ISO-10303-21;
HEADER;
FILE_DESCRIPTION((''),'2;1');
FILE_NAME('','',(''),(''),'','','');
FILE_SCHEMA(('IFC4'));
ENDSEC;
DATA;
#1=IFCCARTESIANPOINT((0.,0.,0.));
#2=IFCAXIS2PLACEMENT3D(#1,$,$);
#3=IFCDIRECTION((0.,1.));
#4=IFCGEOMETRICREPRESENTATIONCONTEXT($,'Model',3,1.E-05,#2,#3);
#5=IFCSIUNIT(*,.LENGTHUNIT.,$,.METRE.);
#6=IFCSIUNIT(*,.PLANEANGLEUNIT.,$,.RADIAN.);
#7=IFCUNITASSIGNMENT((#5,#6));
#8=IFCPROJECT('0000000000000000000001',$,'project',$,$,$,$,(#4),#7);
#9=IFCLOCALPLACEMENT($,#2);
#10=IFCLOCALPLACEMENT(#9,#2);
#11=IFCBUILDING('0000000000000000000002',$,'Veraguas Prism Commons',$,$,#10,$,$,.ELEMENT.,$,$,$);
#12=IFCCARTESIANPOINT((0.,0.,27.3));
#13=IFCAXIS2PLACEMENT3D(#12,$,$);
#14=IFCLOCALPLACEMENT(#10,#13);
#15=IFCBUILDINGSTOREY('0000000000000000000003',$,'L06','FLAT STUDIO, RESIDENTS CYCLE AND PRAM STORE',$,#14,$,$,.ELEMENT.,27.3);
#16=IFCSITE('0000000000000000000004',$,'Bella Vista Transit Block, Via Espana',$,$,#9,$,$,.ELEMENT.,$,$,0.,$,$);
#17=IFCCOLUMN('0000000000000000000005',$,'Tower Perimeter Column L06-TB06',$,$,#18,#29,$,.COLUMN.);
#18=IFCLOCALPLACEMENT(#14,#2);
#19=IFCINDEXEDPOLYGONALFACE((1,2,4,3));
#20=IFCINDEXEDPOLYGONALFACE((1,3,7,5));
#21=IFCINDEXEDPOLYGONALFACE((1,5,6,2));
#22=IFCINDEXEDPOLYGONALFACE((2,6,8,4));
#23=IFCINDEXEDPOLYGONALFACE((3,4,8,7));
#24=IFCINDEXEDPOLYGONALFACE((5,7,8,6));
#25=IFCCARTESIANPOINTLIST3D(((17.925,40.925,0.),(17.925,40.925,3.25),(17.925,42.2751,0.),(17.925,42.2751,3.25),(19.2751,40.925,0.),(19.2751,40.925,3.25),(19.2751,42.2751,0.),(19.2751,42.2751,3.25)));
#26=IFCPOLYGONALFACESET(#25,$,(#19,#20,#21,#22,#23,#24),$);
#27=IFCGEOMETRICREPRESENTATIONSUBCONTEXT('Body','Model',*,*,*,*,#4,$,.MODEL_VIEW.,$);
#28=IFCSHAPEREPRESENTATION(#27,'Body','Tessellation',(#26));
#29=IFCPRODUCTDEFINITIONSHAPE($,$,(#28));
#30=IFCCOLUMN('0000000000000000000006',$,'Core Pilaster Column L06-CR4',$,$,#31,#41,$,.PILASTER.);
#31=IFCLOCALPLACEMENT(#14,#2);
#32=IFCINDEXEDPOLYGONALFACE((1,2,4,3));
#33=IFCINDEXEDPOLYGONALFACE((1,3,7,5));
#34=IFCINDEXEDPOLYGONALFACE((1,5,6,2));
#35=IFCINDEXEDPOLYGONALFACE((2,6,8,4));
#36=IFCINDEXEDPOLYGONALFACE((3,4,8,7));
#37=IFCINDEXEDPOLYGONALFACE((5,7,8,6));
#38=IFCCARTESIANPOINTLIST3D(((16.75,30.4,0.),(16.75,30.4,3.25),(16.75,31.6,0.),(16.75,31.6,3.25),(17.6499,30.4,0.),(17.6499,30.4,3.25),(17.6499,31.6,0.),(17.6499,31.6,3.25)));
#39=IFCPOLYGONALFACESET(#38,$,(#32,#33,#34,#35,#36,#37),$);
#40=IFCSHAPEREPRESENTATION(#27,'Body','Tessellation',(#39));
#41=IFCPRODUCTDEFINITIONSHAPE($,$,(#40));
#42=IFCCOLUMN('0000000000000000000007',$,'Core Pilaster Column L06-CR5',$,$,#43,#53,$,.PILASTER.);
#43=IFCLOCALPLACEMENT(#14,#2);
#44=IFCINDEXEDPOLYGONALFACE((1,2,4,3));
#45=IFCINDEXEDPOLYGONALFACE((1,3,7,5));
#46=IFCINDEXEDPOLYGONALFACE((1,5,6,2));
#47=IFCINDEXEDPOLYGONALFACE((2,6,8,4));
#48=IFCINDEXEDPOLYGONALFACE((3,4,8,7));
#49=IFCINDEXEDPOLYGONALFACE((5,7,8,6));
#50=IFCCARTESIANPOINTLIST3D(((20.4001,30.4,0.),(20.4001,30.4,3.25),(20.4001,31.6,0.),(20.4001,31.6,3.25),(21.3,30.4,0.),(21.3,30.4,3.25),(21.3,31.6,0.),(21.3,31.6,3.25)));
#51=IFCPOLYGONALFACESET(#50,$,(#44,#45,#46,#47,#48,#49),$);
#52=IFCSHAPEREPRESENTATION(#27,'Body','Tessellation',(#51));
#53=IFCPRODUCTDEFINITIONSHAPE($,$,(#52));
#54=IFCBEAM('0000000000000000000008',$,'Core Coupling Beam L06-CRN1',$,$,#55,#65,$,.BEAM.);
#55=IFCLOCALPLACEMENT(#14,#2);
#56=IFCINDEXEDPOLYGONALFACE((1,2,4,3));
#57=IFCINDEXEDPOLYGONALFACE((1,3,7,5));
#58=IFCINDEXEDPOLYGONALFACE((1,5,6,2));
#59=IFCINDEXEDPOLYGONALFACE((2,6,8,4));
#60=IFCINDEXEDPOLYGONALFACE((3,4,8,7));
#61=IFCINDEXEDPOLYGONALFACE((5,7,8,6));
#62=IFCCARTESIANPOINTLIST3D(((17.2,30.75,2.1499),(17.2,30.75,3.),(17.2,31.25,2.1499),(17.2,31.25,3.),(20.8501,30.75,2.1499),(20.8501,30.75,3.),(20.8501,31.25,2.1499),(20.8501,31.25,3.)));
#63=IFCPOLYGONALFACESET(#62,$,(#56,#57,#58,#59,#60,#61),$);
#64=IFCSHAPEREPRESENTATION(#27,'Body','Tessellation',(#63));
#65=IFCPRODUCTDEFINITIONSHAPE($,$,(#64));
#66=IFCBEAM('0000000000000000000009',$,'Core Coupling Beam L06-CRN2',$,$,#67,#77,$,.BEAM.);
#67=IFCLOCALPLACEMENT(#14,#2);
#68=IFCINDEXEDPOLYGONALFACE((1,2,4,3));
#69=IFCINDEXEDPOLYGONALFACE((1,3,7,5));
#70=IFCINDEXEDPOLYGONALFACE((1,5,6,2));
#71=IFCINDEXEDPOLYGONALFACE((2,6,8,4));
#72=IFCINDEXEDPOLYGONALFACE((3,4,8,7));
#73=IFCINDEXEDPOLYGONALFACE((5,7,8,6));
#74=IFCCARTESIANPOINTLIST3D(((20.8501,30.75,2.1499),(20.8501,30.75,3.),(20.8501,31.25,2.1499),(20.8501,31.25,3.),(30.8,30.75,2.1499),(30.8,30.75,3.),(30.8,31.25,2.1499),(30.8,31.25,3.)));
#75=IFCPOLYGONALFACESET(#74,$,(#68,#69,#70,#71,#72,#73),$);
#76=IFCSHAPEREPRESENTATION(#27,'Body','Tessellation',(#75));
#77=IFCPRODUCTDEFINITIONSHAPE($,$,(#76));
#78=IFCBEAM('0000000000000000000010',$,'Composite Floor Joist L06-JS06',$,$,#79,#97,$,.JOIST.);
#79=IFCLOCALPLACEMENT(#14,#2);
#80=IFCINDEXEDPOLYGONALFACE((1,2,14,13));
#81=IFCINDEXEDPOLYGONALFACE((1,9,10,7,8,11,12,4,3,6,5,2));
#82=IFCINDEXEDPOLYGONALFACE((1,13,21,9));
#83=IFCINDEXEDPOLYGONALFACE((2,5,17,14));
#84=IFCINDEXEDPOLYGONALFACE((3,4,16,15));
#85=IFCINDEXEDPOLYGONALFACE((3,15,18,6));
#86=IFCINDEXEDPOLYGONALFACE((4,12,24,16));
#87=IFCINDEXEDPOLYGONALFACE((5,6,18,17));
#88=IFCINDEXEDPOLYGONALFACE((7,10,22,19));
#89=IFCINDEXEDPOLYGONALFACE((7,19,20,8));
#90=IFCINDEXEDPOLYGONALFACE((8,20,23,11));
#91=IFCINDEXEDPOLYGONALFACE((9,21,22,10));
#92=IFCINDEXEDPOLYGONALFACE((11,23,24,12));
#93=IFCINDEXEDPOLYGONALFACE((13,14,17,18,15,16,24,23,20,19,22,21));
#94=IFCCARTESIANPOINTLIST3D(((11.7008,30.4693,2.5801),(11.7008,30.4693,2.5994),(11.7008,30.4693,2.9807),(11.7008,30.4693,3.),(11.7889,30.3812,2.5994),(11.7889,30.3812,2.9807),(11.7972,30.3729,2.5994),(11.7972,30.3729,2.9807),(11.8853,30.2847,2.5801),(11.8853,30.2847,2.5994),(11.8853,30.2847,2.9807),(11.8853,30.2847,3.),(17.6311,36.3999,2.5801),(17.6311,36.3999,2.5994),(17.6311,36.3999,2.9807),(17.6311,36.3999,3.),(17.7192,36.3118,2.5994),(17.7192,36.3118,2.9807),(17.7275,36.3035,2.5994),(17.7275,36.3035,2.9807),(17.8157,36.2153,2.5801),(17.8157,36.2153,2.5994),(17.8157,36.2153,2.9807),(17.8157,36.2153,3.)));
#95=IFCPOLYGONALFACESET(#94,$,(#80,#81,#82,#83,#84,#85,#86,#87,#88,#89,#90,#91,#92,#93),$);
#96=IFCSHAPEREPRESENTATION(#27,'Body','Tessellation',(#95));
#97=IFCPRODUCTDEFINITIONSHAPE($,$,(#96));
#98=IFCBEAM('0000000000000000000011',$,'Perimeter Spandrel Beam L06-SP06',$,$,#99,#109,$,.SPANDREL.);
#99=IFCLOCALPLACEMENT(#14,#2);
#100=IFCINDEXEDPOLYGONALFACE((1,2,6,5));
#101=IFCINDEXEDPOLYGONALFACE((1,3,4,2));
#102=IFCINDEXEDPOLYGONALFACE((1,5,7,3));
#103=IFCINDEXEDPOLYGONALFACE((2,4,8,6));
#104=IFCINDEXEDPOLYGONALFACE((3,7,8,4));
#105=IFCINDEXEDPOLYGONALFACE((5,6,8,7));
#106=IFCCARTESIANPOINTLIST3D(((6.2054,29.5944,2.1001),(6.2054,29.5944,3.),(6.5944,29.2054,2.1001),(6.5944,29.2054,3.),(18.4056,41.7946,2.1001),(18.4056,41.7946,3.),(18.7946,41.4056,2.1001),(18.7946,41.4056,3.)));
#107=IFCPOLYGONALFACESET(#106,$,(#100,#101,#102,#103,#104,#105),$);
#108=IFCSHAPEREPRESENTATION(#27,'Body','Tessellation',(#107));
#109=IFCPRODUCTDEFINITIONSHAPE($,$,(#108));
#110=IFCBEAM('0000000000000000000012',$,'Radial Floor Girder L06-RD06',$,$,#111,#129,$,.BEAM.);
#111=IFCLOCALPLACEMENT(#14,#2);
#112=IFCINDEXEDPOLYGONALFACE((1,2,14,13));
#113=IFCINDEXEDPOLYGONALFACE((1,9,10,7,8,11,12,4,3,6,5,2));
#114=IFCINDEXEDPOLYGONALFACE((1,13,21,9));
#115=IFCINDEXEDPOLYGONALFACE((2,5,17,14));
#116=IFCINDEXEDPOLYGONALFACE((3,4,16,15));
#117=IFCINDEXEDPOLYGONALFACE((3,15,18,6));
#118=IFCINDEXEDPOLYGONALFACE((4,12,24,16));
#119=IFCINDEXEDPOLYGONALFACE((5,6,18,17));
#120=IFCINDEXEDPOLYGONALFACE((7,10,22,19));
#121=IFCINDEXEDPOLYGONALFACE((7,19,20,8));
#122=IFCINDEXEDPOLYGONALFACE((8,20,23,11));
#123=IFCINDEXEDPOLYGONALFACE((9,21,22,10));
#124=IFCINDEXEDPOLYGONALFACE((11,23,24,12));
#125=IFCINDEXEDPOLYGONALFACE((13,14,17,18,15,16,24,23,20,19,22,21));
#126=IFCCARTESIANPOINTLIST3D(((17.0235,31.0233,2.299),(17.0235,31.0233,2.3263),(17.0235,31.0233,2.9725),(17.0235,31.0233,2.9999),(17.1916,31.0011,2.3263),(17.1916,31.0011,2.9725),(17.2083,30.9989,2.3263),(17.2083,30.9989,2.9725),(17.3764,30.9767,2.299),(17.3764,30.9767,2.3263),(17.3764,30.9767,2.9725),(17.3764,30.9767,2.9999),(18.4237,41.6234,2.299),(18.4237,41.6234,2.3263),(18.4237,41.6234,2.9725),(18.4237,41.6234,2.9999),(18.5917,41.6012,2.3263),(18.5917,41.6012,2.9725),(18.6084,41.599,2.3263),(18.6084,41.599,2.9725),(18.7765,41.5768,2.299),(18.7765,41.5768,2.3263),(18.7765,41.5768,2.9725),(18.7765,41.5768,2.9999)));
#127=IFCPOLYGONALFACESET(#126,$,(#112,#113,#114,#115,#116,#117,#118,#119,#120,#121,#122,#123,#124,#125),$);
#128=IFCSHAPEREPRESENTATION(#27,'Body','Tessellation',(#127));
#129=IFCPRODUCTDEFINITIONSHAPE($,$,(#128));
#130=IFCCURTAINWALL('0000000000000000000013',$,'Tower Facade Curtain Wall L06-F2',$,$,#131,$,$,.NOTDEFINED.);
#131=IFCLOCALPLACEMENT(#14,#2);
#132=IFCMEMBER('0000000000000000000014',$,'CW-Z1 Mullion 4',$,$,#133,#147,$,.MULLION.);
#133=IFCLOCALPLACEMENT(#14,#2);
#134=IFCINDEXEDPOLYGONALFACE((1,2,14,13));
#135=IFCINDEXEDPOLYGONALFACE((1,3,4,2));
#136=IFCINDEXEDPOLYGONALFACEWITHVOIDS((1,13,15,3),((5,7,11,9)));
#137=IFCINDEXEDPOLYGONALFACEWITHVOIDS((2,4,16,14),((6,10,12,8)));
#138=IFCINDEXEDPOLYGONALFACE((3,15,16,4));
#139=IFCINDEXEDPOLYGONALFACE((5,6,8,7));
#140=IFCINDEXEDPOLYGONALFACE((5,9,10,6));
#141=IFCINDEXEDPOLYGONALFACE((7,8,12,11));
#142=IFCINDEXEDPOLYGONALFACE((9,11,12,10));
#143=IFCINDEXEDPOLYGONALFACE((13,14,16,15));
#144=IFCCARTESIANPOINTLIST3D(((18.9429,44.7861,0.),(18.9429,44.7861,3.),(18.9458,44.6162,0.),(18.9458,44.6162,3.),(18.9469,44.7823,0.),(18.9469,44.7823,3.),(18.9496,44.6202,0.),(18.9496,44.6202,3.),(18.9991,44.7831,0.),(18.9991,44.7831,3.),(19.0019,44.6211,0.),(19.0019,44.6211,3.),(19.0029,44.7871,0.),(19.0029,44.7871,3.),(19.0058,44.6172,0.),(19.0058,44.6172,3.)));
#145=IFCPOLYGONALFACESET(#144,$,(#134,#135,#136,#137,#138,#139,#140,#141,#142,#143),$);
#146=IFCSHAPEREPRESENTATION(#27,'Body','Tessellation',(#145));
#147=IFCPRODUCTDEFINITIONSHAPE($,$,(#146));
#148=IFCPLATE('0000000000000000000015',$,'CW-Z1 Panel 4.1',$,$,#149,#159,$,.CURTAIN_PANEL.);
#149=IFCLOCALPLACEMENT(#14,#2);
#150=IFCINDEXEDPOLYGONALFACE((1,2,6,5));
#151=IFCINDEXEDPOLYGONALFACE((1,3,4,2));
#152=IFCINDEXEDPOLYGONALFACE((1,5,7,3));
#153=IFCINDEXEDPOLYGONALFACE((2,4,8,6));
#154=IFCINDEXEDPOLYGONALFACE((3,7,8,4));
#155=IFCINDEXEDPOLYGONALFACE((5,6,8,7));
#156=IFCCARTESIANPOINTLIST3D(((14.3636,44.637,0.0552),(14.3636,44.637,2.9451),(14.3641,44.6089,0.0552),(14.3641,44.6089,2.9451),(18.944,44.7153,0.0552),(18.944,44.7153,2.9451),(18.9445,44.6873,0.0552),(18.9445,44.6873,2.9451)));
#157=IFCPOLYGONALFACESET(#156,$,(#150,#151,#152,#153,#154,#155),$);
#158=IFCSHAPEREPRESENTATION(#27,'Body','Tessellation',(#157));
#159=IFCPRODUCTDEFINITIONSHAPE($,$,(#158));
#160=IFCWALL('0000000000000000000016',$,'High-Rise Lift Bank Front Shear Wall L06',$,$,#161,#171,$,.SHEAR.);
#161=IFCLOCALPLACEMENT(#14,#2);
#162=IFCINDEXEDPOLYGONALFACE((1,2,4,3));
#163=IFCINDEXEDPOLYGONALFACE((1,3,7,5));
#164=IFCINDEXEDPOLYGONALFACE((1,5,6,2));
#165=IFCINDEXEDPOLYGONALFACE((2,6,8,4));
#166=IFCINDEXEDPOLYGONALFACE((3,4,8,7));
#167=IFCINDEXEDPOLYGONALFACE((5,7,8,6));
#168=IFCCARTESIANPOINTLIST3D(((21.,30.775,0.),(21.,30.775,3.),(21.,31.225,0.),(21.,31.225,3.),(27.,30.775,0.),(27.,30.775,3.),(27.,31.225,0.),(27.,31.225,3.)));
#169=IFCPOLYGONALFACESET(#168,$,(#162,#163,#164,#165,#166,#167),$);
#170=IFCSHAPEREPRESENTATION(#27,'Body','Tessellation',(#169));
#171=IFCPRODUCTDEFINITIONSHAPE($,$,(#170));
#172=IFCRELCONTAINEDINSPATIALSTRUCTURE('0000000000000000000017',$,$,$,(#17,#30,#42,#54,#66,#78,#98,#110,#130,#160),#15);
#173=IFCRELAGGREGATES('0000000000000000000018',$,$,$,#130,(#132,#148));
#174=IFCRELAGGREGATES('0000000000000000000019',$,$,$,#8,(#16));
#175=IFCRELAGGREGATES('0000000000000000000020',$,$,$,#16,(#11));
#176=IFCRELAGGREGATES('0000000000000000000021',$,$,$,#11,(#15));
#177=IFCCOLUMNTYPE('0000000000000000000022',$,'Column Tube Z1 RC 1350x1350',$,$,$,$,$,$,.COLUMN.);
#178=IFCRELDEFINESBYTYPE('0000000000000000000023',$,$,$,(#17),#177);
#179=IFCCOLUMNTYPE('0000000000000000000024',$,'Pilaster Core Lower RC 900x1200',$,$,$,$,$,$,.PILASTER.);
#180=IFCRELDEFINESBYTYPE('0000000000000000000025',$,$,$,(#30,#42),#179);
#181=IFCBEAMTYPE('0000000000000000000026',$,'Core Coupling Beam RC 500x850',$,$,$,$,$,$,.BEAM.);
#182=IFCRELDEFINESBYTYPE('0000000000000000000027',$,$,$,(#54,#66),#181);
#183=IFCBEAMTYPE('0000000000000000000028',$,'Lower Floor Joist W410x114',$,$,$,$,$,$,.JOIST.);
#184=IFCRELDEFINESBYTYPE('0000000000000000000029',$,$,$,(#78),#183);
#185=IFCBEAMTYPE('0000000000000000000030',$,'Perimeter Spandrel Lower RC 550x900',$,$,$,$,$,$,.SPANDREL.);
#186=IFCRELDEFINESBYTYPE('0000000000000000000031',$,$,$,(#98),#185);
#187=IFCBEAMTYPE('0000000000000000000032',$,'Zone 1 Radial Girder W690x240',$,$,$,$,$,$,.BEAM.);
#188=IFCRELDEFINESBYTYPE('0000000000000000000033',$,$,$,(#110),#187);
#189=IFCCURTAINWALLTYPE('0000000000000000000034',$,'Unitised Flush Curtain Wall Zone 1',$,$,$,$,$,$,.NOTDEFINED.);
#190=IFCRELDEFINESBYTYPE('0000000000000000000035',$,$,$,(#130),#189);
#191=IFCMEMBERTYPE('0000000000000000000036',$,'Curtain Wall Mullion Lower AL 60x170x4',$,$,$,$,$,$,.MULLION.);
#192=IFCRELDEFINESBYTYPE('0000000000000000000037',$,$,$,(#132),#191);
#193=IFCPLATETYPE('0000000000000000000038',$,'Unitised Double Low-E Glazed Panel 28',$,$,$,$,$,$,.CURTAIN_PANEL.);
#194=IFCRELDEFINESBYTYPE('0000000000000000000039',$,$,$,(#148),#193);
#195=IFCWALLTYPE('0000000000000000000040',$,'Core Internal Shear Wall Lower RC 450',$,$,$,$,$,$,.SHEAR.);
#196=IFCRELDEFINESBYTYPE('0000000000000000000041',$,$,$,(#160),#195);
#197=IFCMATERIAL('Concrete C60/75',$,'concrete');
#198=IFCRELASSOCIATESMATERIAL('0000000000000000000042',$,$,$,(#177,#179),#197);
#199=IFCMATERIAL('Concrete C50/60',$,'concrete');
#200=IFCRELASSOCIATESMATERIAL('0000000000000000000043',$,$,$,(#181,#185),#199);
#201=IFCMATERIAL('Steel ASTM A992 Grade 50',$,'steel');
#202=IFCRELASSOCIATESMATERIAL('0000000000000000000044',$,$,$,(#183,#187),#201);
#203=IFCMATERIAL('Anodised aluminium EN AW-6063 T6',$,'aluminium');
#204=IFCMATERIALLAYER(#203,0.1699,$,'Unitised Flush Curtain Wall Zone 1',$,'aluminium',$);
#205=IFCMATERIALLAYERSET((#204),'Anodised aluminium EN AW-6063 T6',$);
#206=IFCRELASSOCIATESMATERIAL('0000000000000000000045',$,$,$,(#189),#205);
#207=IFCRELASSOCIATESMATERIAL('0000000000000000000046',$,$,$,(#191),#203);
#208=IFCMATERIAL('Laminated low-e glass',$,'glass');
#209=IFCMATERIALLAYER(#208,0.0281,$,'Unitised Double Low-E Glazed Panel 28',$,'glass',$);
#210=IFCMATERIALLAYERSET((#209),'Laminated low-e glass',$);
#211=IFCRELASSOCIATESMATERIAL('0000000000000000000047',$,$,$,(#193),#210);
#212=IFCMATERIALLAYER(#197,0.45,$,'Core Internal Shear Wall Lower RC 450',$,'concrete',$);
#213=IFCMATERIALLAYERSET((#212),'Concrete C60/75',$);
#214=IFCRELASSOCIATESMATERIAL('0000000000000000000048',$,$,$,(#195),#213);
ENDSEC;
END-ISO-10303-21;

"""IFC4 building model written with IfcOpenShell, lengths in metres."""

from ifc_helpers import new_model, si_unit, direction, frame, frame_2d, origin, origin_2d, place, context, subcontext, project, spatial, rectangle, hollow_rectangle, i_section, extrude, source, transform, mapped, material, layer, layer_set, material_profile, profile_set, type_object, element, aggregate, save


model = new_model("IFC4")

# Units and contexts
model_context = context("Model", 3, precision=1e-05, world=origin(), true_north=direction((0.0, 1.0)))
body_context = subcontext(model_context, "Body", "Model", "MODEL_VIEW")
ifc_project = project(units=[si_unit("LENGTHUNIT", "METRE"), si_unit("PLANEANGLEUNIT", "RADIAN")], contexts=[model_context])

# Site, building, storey
site_placement = place(None, origin())
site = spatial("IfcSite", under=ifc_project, at=site_placement, Name="Bella Vista Transit Block, Via Espana", CompositionType="ELEMENT", RefElevation=0.0)
building_placement = place(site_placement, origin())
building = spatial("IfcBuilding", under=site, at=building_placement, Name="Veraguas Prism Commons", CompositionType="ELEMENT")
storey_placement = place(building_placement, frame((0.0, 0.0, 27.3)))
storey = spatial("IfcBuildingStorey", under=building, at=storey_placement, Name="L06", Description="FLAT STUDIO, RESIDENTS CYCLE AND PRAM STORE", CompositionType="ELEMENT", Elevation=27.3)

# Columns
ifc_material_1 = material(Name="Concrete C60/75", Category="concrete")
ifc_material_profile_1 = material_profile(ifc_material_1, rectangle(XDim=1.3501, YDim=1.3501, at=origin_2d()), Name="RC1350X1350")
ifc_profile_set_1 = profile_set([ifc_material_profile_1], Name="Concrete C60/75")
column_type_1 = type_object("IfcColumnType", Name="Column Tube Z1 RC 1350x1350", PredefinedType="COLUMN", material=ifc_profile_set_1)
column_placement = place(storey_placement, frame((18.6001, 41.6001, 0.0), z_axis=(0.0, 0.0, 1.0), x_axis=(1.0, 0.0, 0.0)))
element("IfcColumn", 1, at=column_placement, inside=storey, type_object=column_type_1, Name="Tower Perimeter Column L06-TB06", PredefinedType="COLUMN", context=body_context, shape_type="SweptSolid", body=[
    extrude(rectangle(XDim=1.3501, YDim=1.3501, at=origin_2d()), origin(), (0.0, 0.0, 1.0), 3.25),
])
ifc_material_profile_2 = material_profile(ifc_material_1, rectangle(XDim=0.8999, YDim=1.2, at=origin_2d()), Name="RC900X1200")
ifc_profile_set_2 = profile_set([ifc_material_profile_2], Name="Concrete C60/75")
column_type_2 = type_object("IfcColumnType", Name="Pilaster Core Lower RC 900x1200", PredefinedType="PILASTER", material=ifc_profile_set_2)
for number, where, z_axis, x_axis, name in (
    (2, (17.2, 31.0, 0.0), (0.0, 0.0, 1.0), (1.0, 0.0, 0.0), "Core Pilaster Column L06-CR4"),
    (3, (20.8501, 31.0, 0.0), (0.0, 0.0, 1.0), (1.0, 0.0, 0.0), "Core Pilaster Column L06-CR5"),
):
    element("IfcColumn", number, at=place(storey_placement, frame(where, z_axis=z_axis, x_axis=x_axis)), inside=storey, type_object=column_type_2, Name=name, PredefinedType="PILASTER", context=body_context, shape_type="SweptSolid", body=[
        extrude(rectangle(XDim=0.8999, YDim=1.2, at=origin_2d()), origin(), (0.0, 0.0, 1.0), 3.25),
    ])

# Beams
ifc_material_2 = material(Name="Concrete C50/60", Category="concrete")
ifc_material_profile_3 = material_profile(ifc_material_2, rectangle(XDim=0.5, YDim=0.8501, at=origin_2d()), Name="RC500X850")
ifc_profile_set_3 = profile_set([ifc_material_profile_3], Name="Concrete C50/60")
beam_type_1 = type_object("IfcBeamType", Name="Core Coupling Beam RC 500x850", PredefinedType="BEAM", material=ifc_profile_set_3)
beam_1_placement = place(storey_placement, frame((17.2, 31.0, 2.575), z_axis=(1.0, 0.0, 0.0), x_axis=(0.0, 1.0, 0.0)))
element("IfcBeam", 4, at=beam_1_placement, inside=storey, type_object=beam_type_1, Name="Core Coupling Beam L06-CRN1", PredefinedType="BEAM", context=body_context, shape_type="SweptSolid", body=[
    extrude(rectangle(XDim=0.5, YDim=0.8501, at=origin_2d()), origin(), (0.0, 0.0, 1.0), 3.6501),
])
beam_2_placement = place(storey_placement, frame((20.8501, 31.0, 2.575), z_axis=(1.0, 0.0, 0.0), x_axis=(0.0, 1.0, 0.0)))
element("IfcBeam", 5, at=beam_2_placement, inside=storey, type_object=beam_type_1, Name="Core Coupling Beam L06-CRN2", PredefinedType="BEAM", context=body_context, shape_type="SweptSolid", body=[
    extrude(rectangle(XDim=0.5, YDim=0.8501, at=origin_2d()), origin(), (0.0, 0.0, 1.0), 9.95),
])
ifc_material_3 = material(Name="Steel ASTM A992 Grade 50", Category="steel")
ifc_material_profile_4 = material_profile(ifc_material_3, i_section(OverallWidth=0.261, OverallDepth=0.4199, WebThickness=0.0117, FlangeThickness=0.0193, at=origin_2d()), Name="W410X114")
ifc_profile_set_4 = profile_set([ifc_material_profile_4], Name="Steel ASTM A992 Grade 50")
beam_type_2 = type_object("IfcBeamType", Name="Lower Floor Joist W410x114", PredefinedType="JOIST", material=ifc_profile_set_4)
beam_3_placement = place(storey_placement, frame((17.7234, 36.3076, 2.79), z_axis=(-0.707092, -0.707121, 0.0), x_axis=(0.707121, -0.707092, 0.0)))
element("IfcBeam", 6, at=beam_3_placement, inside=storey, type_object=beam_type_2, Name="Composite Floor Joist L06-JS06", PredefinedType="JOIST", context=body_context, shape_type="SweptSolid", body=[
    extrude(i_section(OverallWidth=0.261, OverallDepth=0.4199, WebThickness=0.0117, FlangeThickness=0.0193, at=origin_2d()), origin(), (0.0, 0.0, 1.0), 8.387),
])
ifc_material_profile_5 = material_profile(ifc_material_2, rectangle(XDim=0.55, YDim=0.8999, at=origin_2d()), Name="RC550X900")
ifc_profile_set_5 = profile_set([ifc_material_profile_5], Name="Concrete C50/60")
beam_type_3 = type_object("IfcBeamType", Name="Perimeter Spandrel Lower RC 550x900", PredefinedType="SPANDREL", material=ifc_profile_set_5)
beam_4_placement = place(storey_placement, frame((18.6001, 41.6001, 2.55), z_axis=(-0.707107, -0.707107, 0.0), x_axis=(0.707107, -0.707107, 0.0)))
element("IfcBeam", 7, at=beam_4_placement, inside=storey, type_object=beam_type_3, Name="Perimeter Spandrel Beam L06-SP06", PredefinedType="SPANDREL", context=body_context, shape_type="SweptSolid", body=[
    extrude(rectangle(XDim=0.55, YDim=0.8999, at=origin_2d()), origin(), (0.0, 0.0, 1.0), 17.2537),
])
ifc_material_profile_6 = material_profile(ifc_material_3, i_section(OverallWidth=0.356, OverallDepth=0.7009, WebThickness=0.0168, FlangeThickness=0.0273, at=origin_2d()), Name="W690X240")
ifc_profile_set_6 = profile_set([ifc_material_profile_6], Name="Steel ASTM A992 Grade 50")
beam_type_4 = type_object("IfcBeamType", Name="Zone 1 Radial Girder W690x240", PredefinedType="BEAM", material=ifc_profile_set_6)
beam_5_placement = place(storey_placement, frame((18.6001, 41.6001, 2.6494), z_axis=(-0.130951, -0.991389, 0.0), x_axis=(0.991389, -0.130951, 0.0)))
element("IfcBeam", 8, at=beam_5_placement, inside=storey, type_object=beam_type_4, Name="Radial Floor Girder L06-RD06", PredefinedType="BEAM", context=body_context, shape_type="SweptSolid", body=[
    extrude(i_section(OverallWidth=0.356, OverallDepth=0.7009, WebThickness=0.0168, FlangeThickness=0.0273, at=origin_2d()), origin(), (0.0, 0.0, 1.0), 10.6921),
])

# Curtain wall, member, plate
ifc_material_4 = material(Name="Anodised aluminium EN AW-6063 T6", Category="aluminium")
ifc_layer_1 = layer(ifc_material_4, 0.1699, Name="Unitised Flush Curtain Wall Zone 1", Category="aluminium")
ifc_layer_set_1 = layer_set([ifc_layer_1], Name="Anodised aluminium EN AW-6063 T6")
curtain_wall_type = type_object("IfcCurtainWallType", Name="Unitised Flush Curtain Wall Zone 1", PredefinedType="NOTDEFINED", material=ifc_layer_set_1)
curtain_wall_placement = place(storey_placement, origin())
curtain_wall = element("IfcCurtainWall", 9, at=curtain_wall_placement, inside=storey, type_object=curtain_wall_type, Name="Tower Facade Curtain Wall L06-F2", PredefinedType="NOTDEFINED")
ifc_material_profile_7 = material_profile(ifc_material_4, hollow_rectangle(XDim=0.0601, YDim=0.1699, WallThickness=0.0039, at=origin_2d()), Name="AL60X170X4")
ifc_profile_set_7 = profile_set([ifc_material_profile_7], Name="Anodised aluminium EN AW-6063 T6")
member_type = type_object("IfcMemberType", Name="Curtain Wall Mullion Lower AL 60x170x4", PredefinedType="MULLION", material=ifc_profile_set_7)
shared_shape_1 = source(origin(), body_context, "Body", "SweptSolid", [
    extrude(hollow_rectangle(XDim=0.0601, YDim=0.1699, WallThickness=0.0039, at=origin_2d()), origin(), (0.0, 0.0, 1.0), 3.0),
])
member_placement = place(storey_placement, frame((18.9744, 44.7017, 0.0), z_axis=(0.0, 0.0, 1.0), x_axis=(-0.999854, -0.017105, 0.0)))
member = element("IfcMember", 10, at=member_placement, type_object=member_type, Name="CW-Z1 Mullion 4", PredefinedType="MULLION", context=body_context, shape_type="MappedRepresentation", body=[
    mapped(shared_shape_1, transform((0.0, 0.0, 0.0), scale=1.0)),
])
ifc_material_5 = material(Name="Laminated low-e glass", Category="glass")
ifc_layer_2 = layer(ifc_material_5, 0.0281, Name="Unitised Double Low-E Glazed Panel 28", Category="glass")
ifc_layer_set_2 = layer_set([ifc_layer_2], Name="Laminated low-e glass")
plate_type = type_object("IfcPlateType", Name="Unitised Double Low-E Glazed Panel 28", PredefinedType="CURTAIN_PANEL", material=ifc_layer_set_2)
shared_shape_2 = source(origin(), body_context, "Body", "SweptSolid", [
    extrude(rectangle(XDim=4.5811, YDim=0.0281, at=origin_2d()), origin(), (0.0, 0.0, 1.0), 2.8899),
])
plate_placement = place(storey_placement, frame((16.6541, 44.6621, 0.0552), z_axis=(0.0, 0.0, 1.0), x_axis=(-0.999854, -0.017105, 0.0)))
plate = element("IfcPlate", 11, at=plate_placement, type_object=plate_type, Name="CW-Z1 Panel 4.1", PredefinedType="CURTAIN_PANEL", context=body_context, shape_type="MappedRepresentation", body=[
    mapped(shared_shape_2, transform((0.0, 0.0, 0.0), scale=1.0)),
])
aggregate(curtain_wall, [member, plate])

# Wall
ifc_layer_3 = layer(ifc_material_1, 0.45, Name="Core Internal Shear Wall Lower RC 450", Category="concrete")
ifc_layer_set_3 = layer_set([ifc_layer_3], Name="Concrete C60/75")
wall_type_1 = type_object("IfcWallType", Name="Core Internal Shear Wall Lower RC 450", PredefinedType="SHEAR", material=ifc_layer_set_3)
wall_1_placement = place(storey_placement, frame((21.0, 31.0, 0.0), z_axis=(0.0, 0.0, 1.0), x_axis=(1.0, 0.0, 0.0)))
element("IfcWall", 12, at=wall_1_placement, inside=storey, type_object=wall_type_1, Name="High-Rise Lift Bank Front Shear Wall L06", PredefinedType="SHEAR", context=body_context, shape_type="SweptSolid", body=[
    extrude(rectangle(XDim=6.0, YDim=0.45, at=frame_2d((3.0, 0.0))), origin(), (0.0, 0.0, 1.0), 3.0),
])

save(model, "model.ifc")
